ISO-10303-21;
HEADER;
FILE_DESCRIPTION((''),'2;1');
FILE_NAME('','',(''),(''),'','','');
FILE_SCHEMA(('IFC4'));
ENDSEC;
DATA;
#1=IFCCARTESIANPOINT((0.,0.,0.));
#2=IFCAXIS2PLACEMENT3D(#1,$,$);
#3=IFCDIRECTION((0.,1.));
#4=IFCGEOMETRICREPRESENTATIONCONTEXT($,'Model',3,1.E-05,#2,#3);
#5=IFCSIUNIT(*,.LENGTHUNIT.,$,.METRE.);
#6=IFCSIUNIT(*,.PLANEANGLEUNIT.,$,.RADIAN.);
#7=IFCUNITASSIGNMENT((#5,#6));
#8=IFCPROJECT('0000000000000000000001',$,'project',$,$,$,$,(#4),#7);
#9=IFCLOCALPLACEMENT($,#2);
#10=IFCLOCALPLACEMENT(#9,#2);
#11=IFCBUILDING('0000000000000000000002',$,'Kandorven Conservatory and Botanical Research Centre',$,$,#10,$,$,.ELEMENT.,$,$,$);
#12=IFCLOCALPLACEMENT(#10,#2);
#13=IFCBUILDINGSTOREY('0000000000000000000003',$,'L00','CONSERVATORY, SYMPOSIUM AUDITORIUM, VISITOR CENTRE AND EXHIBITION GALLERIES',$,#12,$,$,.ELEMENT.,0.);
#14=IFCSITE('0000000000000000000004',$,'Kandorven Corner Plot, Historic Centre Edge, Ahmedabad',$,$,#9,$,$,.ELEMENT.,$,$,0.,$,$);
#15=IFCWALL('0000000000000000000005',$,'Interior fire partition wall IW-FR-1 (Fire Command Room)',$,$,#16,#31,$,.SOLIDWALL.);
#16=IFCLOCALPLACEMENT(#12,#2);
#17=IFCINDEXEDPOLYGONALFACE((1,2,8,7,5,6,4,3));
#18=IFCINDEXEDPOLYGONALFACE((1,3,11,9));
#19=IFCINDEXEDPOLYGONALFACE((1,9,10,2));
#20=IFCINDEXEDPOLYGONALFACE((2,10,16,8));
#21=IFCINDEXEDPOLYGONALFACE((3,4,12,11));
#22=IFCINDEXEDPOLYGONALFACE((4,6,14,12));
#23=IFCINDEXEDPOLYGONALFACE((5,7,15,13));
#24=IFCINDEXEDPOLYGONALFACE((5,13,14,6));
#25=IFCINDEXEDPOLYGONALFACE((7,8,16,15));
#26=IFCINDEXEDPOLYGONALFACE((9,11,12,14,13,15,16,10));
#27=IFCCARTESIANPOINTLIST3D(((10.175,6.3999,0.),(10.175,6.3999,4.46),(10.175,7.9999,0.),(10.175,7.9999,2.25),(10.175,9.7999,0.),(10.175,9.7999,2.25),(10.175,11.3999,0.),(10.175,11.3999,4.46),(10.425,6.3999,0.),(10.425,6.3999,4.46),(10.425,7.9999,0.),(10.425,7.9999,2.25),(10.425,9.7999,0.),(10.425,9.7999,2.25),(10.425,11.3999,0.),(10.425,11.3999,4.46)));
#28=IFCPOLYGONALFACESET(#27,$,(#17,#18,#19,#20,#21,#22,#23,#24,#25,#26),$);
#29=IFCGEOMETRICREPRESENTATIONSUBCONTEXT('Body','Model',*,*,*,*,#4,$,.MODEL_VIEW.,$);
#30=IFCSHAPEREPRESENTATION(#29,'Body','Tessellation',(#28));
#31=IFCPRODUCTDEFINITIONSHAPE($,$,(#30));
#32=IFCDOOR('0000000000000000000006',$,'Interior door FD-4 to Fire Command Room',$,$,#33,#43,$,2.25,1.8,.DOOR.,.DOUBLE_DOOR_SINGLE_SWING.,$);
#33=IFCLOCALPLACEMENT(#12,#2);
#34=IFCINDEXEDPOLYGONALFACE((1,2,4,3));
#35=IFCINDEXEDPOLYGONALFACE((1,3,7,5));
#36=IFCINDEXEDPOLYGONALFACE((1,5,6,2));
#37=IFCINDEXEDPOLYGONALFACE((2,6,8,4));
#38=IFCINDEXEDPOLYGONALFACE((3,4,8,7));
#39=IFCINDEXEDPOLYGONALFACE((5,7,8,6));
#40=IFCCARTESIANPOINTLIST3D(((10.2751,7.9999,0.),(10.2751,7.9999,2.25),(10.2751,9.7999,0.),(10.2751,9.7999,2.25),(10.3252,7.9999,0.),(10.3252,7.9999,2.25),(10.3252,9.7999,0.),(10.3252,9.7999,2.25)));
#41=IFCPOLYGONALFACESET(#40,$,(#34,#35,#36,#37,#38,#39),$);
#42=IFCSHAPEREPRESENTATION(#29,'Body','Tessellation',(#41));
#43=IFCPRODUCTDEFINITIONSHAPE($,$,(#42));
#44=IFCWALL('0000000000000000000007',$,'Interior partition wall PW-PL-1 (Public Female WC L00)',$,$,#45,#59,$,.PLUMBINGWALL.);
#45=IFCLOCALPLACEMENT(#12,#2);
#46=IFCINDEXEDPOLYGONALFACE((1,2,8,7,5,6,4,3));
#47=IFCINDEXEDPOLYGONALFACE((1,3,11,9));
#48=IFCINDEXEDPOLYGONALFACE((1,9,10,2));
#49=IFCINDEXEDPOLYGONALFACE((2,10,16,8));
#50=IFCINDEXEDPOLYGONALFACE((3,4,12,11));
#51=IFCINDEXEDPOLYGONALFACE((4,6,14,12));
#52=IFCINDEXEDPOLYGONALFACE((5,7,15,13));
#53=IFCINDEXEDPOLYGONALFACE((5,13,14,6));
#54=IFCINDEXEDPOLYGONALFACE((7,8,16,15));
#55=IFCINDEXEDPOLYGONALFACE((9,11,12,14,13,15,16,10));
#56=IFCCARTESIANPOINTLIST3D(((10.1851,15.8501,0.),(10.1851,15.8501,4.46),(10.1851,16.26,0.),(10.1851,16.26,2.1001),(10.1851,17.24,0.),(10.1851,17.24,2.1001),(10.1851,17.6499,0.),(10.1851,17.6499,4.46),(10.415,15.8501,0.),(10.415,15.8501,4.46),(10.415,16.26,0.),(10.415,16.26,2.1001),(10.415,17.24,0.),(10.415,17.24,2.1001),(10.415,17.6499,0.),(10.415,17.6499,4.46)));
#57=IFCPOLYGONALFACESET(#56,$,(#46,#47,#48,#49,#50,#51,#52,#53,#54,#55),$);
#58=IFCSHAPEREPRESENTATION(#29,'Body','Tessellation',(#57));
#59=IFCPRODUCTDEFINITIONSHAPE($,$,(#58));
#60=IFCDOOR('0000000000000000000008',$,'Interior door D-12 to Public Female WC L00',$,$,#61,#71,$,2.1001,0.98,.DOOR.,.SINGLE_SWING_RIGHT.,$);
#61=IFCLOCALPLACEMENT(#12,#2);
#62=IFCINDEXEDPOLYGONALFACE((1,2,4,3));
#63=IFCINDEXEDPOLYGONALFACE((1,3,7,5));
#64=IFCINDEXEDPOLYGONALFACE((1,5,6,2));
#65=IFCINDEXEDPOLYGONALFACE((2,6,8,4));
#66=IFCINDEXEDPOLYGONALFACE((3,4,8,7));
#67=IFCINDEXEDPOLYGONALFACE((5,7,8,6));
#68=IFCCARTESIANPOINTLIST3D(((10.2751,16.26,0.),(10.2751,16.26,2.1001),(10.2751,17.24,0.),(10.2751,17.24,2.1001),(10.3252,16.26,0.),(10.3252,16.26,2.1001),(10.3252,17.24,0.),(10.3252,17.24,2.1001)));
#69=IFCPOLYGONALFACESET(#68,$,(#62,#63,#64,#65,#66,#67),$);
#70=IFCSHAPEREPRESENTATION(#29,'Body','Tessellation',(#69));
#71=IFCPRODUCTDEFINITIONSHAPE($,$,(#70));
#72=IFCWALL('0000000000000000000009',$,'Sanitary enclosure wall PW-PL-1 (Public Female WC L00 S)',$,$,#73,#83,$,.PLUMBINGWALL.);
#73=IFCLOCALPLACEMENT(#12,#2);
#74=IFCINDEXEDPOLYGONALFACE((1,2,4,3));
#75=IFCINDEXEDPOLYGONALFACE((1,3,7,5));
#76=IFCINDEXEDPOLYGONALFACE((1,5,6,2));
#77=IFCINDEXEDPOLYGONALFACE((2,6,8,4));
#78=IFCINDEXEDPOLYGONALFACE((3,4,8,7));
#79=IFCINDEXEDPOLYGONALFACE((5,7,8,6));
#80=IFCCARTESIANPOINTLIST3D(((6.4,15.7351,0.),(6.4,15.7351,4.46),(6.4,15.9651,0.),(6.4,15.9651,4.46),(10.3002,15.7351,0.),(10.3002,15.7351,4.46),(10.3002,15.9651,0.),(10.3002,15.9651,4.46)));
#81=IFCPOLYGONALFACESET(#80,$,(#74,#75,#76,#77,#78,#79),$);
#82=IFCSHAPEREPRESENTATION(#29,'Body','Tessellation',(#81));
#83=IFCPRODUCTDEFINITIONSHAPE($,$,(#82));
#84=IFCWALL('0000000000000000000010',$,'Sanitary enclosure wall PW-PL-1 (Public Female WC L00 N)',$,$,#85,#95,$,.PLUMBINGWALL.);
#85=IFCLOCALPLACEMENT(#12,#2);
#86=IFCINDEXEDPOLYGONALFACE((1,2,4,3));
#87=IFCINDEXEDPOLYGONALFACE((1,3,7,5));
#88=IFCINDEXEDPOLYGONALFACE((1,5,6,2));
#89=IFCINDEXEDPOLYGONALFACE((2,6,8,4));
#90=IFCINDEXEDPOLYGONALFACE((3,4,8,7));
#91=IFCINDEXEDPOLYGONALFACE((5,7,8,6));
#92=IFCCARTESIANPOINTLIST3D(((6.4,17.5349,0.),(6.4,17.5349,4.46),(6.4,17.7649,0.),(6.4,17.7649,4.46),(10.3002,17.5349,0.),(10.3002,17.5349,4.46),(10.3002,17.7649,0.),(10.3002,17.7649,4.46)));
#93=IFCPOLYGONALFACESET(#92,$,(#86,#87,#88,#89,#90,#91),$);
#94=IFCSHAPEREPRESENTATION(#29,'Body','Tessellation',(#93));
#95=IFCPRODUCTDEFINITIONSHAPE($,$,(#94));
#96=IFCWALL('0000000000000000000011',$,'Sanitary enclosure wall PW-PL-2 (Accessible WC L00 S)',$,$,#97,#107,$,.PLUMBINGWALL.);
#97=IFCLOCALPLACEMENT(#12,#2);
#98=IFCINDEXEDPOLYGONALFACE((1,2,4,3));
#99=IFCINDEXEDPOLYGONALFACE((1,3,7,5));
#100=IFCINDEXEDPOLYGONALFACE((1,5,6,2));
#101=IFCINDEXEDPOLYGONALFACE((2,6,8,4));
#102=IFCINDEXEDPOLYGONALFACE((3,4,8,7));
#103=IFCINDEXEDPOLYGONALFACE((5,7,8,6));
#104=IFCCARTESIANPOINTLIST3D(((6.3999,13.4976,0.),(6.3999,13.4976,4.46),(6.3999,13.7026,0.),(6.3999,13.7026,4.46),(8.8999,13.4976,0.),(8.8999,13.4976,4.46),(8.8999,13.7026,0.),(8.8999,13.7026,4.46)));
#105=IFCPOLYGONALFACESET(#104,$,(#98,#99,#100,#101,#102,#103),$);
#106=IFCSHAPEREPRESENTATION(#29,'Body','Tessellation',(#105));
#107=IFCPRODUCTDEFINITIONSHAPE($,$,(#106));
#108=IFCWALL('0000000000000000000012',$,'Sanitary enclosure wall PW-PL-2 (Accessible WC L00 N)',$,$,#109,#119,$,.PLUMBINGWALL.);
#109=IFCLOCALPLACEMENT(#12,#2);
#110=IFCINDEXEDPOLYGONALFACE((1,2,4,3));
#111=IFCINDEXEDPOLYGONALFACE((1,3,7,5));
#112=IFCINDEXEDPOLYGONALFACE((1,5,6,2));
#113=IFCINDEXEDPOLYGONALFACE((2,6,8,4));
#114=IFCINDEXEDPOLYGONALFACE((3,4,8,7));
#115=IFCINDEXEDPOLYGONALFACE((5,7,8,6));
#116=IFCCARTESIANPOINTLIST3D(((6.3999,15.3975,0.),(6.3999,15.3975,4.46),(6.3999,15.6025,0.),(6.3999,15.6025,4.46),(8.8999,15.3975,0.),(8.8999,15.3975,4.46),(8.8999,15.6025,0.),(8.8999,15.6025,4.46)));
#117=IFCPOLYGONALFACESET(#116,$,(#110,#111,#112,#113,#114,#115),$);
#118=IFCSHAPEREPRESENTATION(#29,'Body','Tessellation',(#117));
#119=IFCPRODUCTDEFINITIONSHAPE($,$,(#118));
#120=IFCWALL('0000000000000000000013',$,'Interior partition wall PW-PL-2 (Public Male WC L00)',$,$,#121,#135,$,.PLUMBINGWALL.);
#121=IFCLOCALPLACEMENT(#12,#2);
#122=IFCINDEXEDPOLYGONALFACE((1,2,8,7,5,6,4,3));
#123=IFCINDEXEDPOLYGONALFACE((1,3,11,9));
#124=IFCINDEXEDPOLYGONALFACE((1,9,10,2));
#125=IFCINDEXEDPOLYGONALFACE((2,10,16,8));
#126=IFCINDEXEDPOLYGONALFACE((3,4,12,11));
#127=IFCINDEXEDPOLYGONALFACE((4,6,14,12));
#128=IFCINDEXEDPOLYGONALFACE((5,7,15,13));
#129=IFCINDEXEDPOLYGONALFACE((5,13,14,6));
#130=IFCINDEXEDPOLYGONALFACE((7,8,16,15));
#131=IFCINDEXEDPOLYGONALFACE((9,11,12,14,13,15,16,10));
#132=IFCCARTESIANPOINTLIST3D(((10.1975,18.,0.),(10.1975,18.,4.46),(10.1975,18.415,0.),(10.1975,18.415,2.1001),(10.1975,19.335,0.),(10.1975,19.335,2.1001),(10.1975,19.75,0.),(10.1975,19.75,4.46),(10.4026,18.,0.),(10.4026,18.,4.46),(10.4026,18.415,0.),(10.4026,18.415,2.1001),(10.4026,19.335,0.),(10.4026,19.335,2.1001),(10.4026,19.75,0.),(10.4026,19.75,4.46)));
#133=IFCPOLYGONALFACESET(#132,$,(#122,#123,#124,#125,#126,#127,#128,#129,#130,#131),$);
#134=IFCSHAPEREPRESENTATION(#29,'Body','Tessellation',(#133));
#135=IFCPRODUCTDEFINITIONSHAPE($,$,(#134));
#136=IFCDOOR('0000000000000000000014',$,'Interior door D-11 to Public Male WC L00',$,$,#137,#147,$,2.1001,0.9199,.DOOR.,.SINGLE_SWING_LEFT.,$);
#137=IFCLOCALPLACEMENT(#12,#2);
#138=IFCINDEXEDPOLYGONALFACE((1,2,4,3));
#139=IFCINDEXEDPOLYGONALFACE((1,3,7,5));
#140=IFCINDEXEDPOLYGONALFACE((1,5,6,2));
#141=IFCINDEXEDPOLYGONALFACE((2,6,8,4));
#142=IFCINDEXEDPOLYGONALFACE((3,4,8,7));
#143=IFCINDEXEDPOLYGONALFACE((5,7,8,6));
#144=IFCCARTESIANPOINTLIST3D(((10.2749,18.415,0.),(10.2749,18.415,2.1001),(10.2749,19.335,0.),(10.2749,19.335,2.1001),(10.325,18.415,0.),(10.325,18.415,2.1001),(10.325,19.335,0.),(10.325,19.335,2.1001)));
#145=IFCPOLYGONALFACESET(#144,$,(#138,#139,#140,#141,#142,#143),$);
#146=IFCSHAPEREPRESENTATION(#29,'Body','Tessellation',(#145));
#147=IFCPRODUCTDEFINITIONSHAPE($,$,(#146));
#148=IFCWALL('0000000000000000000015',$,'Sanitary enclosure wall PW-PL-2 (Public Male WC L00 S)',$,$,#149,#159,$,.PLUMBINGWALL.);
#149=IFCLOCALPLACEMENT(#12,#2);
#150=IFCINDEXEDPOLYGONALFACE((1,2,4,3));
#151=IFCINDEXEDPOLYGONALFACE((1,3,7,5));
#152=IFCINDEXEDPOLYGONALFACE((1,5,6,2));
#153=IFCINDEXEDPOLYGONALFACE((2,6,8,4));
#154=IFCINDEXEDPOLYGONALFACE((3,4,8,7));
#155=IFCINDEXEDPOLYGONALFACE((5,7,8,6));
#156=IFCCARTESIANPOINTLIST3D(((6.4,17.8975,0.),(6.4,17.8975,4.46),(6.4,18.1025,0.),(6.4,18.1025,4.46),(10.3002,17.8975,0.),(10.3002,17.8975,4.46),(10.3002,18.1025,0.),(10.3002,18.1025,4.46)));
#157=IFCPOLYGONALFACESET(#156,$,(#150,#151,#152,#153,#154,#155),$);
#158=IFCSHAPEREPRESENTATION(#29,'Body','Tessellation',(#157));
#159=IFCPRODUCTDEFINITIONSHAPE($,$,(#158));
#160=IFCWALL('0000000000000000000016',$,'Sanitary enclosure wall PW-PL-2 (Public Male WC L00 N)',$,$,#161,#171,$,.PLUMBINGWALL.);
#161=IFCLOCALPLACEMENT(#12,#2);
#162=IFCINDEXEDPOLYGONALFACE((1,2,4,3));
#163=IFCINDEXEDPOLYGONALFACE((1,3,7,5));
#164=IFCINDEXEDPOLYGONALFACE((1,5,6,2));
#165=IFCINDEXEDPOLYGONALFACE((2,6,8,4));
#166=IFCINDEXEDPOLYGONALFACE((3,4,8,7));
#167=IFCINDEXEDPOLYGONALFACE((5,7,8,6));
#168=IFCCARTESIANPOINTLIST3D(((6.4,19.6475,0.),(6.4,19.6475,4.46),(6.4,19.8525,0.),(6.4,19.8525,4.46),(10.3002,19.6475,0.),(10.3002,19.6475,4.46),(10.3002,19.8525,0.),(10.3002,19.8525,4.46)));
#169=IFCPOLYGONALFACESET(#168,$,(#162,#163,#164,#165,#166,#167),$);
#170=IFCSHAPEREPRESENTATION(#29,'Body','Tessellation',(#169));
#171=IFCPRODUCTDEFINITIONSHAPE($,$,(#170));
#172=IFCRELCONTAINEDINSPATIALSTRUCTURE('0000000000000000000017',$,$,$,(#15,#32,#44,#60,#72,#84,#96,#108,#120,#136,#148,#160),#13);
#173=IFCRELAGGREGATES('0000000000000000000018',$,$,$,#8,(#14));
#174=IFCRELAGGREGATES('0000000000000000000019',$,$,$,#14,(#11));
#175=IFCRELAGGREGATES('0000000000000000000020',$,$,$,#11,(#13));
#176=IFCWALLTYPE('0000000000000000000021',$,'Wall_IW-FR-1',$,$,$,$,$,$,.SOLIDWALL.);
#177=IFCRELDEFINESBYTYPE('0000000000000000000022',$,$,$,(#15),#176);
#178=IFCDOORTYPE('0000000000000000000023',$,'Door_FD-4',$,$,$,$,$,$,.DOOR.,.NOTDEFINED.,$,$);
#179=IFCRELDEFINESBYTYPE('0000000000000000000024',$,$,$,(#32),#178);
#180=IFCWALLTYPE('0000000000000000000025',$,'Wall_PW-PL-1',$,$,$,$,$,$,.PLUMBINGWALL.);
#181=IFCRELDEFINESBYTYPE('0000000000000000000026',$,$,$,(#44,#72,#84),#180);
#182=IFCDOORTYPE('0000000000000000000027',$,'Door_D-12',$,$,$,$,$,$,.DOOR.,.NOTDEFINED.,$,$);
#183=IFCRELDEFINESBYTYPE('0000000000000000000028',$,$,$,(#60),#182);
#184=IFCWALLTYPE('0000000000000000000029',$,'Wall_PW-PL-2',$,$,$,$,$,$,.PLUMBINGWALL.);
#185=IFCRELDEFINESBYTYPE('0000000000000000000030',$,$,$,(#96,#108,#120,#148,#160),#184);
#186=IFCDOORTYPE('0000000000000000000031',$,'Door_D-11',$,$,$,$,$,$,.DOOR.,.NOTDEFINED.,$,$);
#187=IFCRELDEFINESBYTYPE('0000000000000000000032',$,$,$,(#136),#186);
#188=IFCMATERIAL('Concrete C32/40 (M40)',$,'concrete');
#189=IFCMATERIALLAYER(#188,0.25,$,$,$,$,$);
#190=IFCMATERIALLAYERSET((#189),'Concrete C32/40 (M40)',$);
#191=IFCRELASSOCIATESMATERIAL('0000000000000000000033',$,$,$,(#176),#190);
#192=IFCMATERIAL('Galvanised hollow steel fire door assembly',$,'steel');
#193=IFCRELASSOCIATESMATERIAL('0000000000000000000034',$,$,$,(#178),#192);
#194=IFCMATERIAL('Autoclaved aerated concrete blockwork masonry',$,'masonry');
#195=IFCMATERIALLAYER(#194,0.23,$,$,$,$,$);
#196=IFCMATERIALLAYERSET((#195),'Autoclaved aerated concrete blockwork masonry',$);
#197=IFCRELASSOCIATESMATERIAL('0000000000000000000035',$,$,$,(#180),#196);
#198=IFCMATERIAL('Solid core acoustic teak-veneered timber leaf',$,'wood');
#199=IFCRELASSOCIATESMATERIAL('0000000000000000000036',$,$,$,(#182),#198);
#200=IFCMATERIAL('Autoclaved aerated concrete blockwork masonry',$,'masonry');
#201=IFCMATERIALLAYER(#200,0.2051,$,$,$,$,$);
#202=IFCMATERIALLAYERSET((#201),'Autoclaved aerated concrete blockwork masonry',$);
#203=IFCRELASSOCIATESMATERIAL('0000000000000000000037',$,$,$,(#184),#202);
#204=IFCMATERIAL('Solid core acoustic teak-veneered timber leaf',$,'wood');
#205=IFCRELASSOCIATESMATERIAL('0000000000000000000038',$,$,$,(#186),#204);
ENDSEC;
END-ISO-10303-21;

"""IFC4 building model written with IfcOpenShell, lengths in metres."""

from ifc_helpers import new_model, si_unit, direction, frame, frame_2d, origin, place, context, subcontext, project, spatial, rectangle, extrude, material, layer, layer_set, type_object, element, fill, save


model = new_model("IFC4")

# Units and contexts
model_context = context("Model", 3, precision=1e-05, world=origin(), true_north=direction((0.0, 1.0)))
body_context = subcontext(model_context, "Body", "Model", "MODEL_VIEW")
ifc_project = project(units=[si_unit("LENGTHUNIT", "METRE"), si_unit("PLANEANGLEUNIT", "RADIAN")], contexts=[model_context])

# Site, building, storey
site_placement = place(None, origin())
site = spatial("IfcSite", under=ifc_project, at=site_placement, Name="Kandorven Corner Plot, Historic Centre Edge, Ahmedabad", CompositionType="ELEMENT", RefElevation=0.0)
building_placement = place(site_placement, origin())
building = spatial("IfcBuilding", under=site, at=building_placement, Name="Kandorven Conservatory and Botanical Research Centre", CompositionType="ELEMENT")
storey_placement = place(building_placement, origin())
storey = spatial("IfcBuildingStorey", under=building, at=storey_placement, Name="L00", Description="CONSERVATORY, SYMPOSIUM AUDITORIUM, VISITOR CENTRE AND EXHIBITION GALLERIES", CompositionType="ELEMENT", Elevation=0.0)

# Walls, openings, doors
ifc_material_1 = material(Name="Concrete C32/40 (M40)", Category="concrete")
ifc_layer_1 = layer(ifc_material_1, 0.25)
ifc_layer_set_1 = layer_set([ifc_layer_1], Name="Concrete C32/40 (M40)")
wall_type_1 = type_object("IfcWallType", Name="Wall_IW-FR-1", PredefinedType="SOLIDWALL", material=ifc_layer_set_1)
wall_1_placement = place(storey_placement, frame((10.3, 6.3999, 0.0), z_axis=(0.0, 0.0, 1.0), x_axis=(0.0, 1.0, 0.0)))
wall_1 = element("IfcWall", 1, at=wall_1_placement, inside=storey, type_object=wall_type_1, Name="Interior fire partition wall IW-FR-1 (Fire Command Room)", PredefinedType="SOLIDWALL", context=body_context, shape_type="SweptSolid", body=[
    extrude(rectangle(XDim=5.0, YDim=0.25, at=frame_2d((2.5, 0.0))), origin(), (0.0, 0.0, 1.0), 4.46),
])
opening_1_placement = place(wall_1_placement, frame((1.6001, 0.0, 0.0)))
opening_1 = element("IfcOpeningElement", 2, at=opening_1_placement, cuts=wall_1, PredefinedType="OPENING", context=body_context, shape_type="SweptSolid", body=[
    extrude(rectangle(XDim=1.8, YDim=2.25, at=frame_2d((0.8999, 1.125))), frame((0.0, 0.135, 0.0), z_axis=(0.0, -1.0, 0.0), x_axis=(1.0, 0.0, 0.0)), (0.0, 0.0, 1.0), 0.27),
])
ifc_material_2 = material(Name="Galvanised hollow steel fire door assembly", Category="steel")
door_type_1 = type_object("IfcDoorType", Name="Door_FD-4", OperationType="NOTDEFINED", PredefinedType="DOOR", material=ifc_material_2)
door_1_placement = place(opening_1_placement, origin())
door_1 = element("IfcDoor", 3, at=door_1_placement, inside=storey, type_object=door_type_1, Name="Interior door FD-4 to Fire Command Room", OperationType="DOUBLE_DOOR_SINGLE_SWING", OverallHeight=2.25, OverallWidth=1.8, PredefinedType="DOOR", context=body_context, shape_type="SweptSolid", body=[
    extrude(rectangle(XDim=1.8, YDim=2.25, at=frame_2d((0.8999, 1.125))), frame((0.0, 0.0249, 0.0), z_axis=(0.0, -1.0, 0.0), x_axis=(1.0, 0.0, 0.0)), (0.0, 0.0, 1.0), 0.05),
])
fill(opening_1, door_1)
ifc_material_3 = material(Name="Autoclaved aerated concrete blockwork masonry", Category="masonry")
ifc_layer_2 = layer(ifc_material_3, 0.23)
ifc_layer_set_2 = layer_set([ifc_layer_2], Name="Autoclaved aerated concrete blockwork masonry")
wall_type_2 = type_object("IfcWallType", Name="Wall_PW-PL-1", PredefinedType="PLUMBINGWALL", material=ifc_layer_set_2)
wall_2_placement = place(storey_placement, frame((10.3, 15.8501, 0.0), z_axis=(0.0, 0.0, 1.0), x_axis=(0.0, 1.0, 0.0)))
wall_2 = element("IfcWall", 4, at=wall_2_placement, inside=storey, type_object=wall_type_2, Name="Interior partition wall PW-PL-1 (Public Female WC L00)", PredefinedType="PLUMBINGWALL", context=body_context, shape_type="SweptSolid", body=[
    extrude(rectangle(XDim=1.7998, YDim=0.23, at=frame_2d((0.8999, 0.0))), origin(), (0.0, 0.0, 1.0), 4.46),
])
opening_2_placement = place(wall_2_placement, frame((0.4099, 0.0, 0.0)))
opening_2 = element("IfcOpeningElement", 5, at=opening_2_placement, cuts=wall_2, PredefinedType="OPENING", context=body_context, shape_type="SweptSolid", body=[
    extrude(rectangle(XDim=0.98, YDim=2.1001, at=frame_2d((0.49, 1.05))), frame((0.0, 0.125, 0.0), z_axis=(0.0, -1.0, 0.0), x_axis=(1.0, 0.0, 0.0)), (0.0, 0.0, 1.0), 0.25),
])
ifc_material_4 = material(Name="Solid core acoustic teak-veneered timber leaf", Category="wood")
door_type_2 = type_object("IfcDoorType", Name="Door_D-12", OperationType="NOTDEFINED", PredefinedType="DOOR", material=ifc_material_4)
door_2_placement = place(opening_2_placement, origin())
door_2 = element("IfcDoor", 6, at=door_2_placement, inside=storey, type_object=door_type_2, Name="Interior door D-12 to Public Female WC L00", OperationType="SINGLE_SWING_RIGHT", OverallHeight=2.1001, OverallWidth=0.98, PredefinedType="DOOR", context=body_context, shape_type="SweptSolid", body=[
    extrude(rectangle(XDim=0.98, YDim=2.1001, at=frame_2d((0.49, 1.05))), frame((0.0, 0.0249, 0.0), z_axis=(0.0, -1.0, 0.0), x_axis=(1.0, 0.0, 0.0)), (0.0, 0.0, 1.0), 0.05),
])
fill(opening_2, door_2)

# Walls
for number, where, z_axis, x_axis, name in (
    (7, (6.3999, 15.8501, 0.0), (0.0, 0.0, 1.0), (1.0, 0.0, 0.0), "Sanitary enclosure wall PW-PL-1 (Public Female WC L00 S)"),
    (8, (6.3999, 17.6499, 0.0), (0.0, 0.0, 1.0), (1.0, 0.0, 0.0), "Sanitary enclosure wall PW-PL-1 (Public Female WC L00 N)"),
):
    element("IfcWall", number, at=place(storey_placement, frame(where, z_axis=z_axis, x_axis=x_axis)), inside=storey, type_object=wall_type_2, Name=name, PredefinedType="PLUMBINGWALL", context=body_context, shape_type="SweptSolid", body=[
        extrude(rectangle(XDim=3.9001, YDim=0.23, at=frame_2d((1.9502, 0.0))), origin(), (0.0, 0.0, 1.0), 4.46),
    ])

# Shared definitions
ifc_material_5 = material(Name="Autoclaved aerated concrete blockwork masonry", Category="masonry")
ifc_layer_3 = layer(ifc_material_5, 0.2051)
ifc_layer_set_3 = layer_set([ifc_layer_3], Name="Autoclaved aerated concrete blockwork masonry")
wall_type_3 = type_object("IfcWallType", Name="Wall_PW-PL-2", PredefinedType="PLUMBINGWALL", material=ifc_layer_set_3)

# Walls
for number, where, z_axis, x_axis, name in (
    (9, (6.3999, 13.6001, 0.0), (0.0, 0.0, 1.0), (1.0, 0.0, 0.0), "Sanitary enclosure wall PW-PL-2 (Accessible WC L00 S)"),
    (10, (6.3999, 15.5, 0.0), (0.0, 0.0, 1.0), (1.0, 0.0, 0.0), "Sanitary enclosure wall PW-PL-2 (Accessible WC L00 N)"),
):
    element("IfcWall", number, at=place(storey_placement, frame(where, z_axis=z_axis, x_axis=x_axis)), inside=storey, type_object=wall_type_3, Name=name, PredefinedType="PLUMBINGWALL", context=body_context, shape_type="SweptSolid", body=[
        extrude(rectangle(XDim=2.5, YDim=0.2051, at=frame_2d((1.25, 0.0))), origin(), (0.0, 0.0, 1.0), 4.46),
    ])

# Wall, opening, door
wall_3_placement = place(storey_placement, frame((10.3, 18.0, 0.0), z_axis=(0.0, 0.0, 1.0), x_axis=(0.0, 1.0, 0.0)))
wall_3 = element("IfcWall", 11, at=wall_3_placement, inside=storey, type_object=wall_type_3, Name="Interior partition wall PW-PL-2 (Public Male WC L00)", PredefinedType="PLUMBINGWALL", context=body_context, shape_type="SweptSolid", body=[
    extrude(rectangle(XDim=1.75, YDim=0.2051, at=frame_2d((0.875, 0.0))), origin(), (0.0, 0.0, 1.0), 4.46),
])
opening_3_placement = place(wall_3_placement, frame((0.415, 0.0, 0.0)))
opening_3 = element("IfcOpeningElement", 12, at=opening_3_placement, cuts=wall_3, PredefinedType="OPENING", context=body_context, shape_type="SweptSolid", body=[
    extrude(rectangle(XDim=0.9199, YDim=2.1001, at=frame_2d((0.46, 1.05))), frame((0.0, 0.1125, 0.0), z_axis=(0.0, -1.0, 0.0), x_axis=(1.0, 0.0, 0.0)), (0.0, 0.0, 1.0), 0.2251),
])
ifc_material_6 = material(Name="Solid core acoustic teak-veneered timber leaf", Category="wood")
door_type_3 = type_object("IfcDoorType", Name="Door_D-11", OperationType="NOTDEFINED", PredefinedType="DOOR", material=ifc_material_6)
door_3_placement = place(opening_3_placement, frame((0.9199, 0.0, 0.0), z_axis=(0.0, 0.0, 1.0), x_axis=(-1.0, 0.0, 0.0)))
door_3 = element("IfcDoor", 13, at=door_3_placement, inside=storey, type_object=door_type_3, Name="Interior door D-11 to Public Male WC L00", OperationType="SINGLE_SWING_LEFT", OverallHeight=2.1001, OverallWidth=0.9199, PredefinedType="DOOR", context=body_context, shape_type="SweptSolid", body=[
    extrude(rectangle(XDim=0.9199, YDim=2.1001, at=frame_2d((0.46, 1.05))), frame((0.0, 0.0249, 0.0), z_axis=(0.0, -1.0, 0.0), x_axis=(1.0, 0.0, 0.0)), (0.0, 0.0, 1.0), 0.05),
])
fill(opening_3, door_3)

# Walls
for number, where, z_axis, x_axis, name in (
    (14, (6.3999, 18.0, 0.0), (0.0, 0.0, 1.0), (1.0, 0.0, 0.0), "Sanitary enclosure wall PW-PL-2 (Public Male WC L00 S)"),
    (15, (6.3999, 19.75, 0.0), (0.0, 0.0, 1.0), (1.0, 0.0, 0.0), "Sanitary enclosure wall PW-PL-2 (Public Male WC L00 N)"),
):
    element("IfcWall", number, at=place(storey_placement, frame(where, z_axis=z_axis, x_axis=x_axis)), inside=storey, type_object=wall_type_3, Name=name, PredefinedType="PLUMBINGWALL", context=body_context, shape_type="SweptSolid", body=[
        extrude(rectangle(XDim=3.9001, YDim=0.2051, at=frame_2d((1.9502, 0.0))), origin(), (0.0, 0.0, 1.0), 4.46),
    ])

save(model, "model.ifc")
